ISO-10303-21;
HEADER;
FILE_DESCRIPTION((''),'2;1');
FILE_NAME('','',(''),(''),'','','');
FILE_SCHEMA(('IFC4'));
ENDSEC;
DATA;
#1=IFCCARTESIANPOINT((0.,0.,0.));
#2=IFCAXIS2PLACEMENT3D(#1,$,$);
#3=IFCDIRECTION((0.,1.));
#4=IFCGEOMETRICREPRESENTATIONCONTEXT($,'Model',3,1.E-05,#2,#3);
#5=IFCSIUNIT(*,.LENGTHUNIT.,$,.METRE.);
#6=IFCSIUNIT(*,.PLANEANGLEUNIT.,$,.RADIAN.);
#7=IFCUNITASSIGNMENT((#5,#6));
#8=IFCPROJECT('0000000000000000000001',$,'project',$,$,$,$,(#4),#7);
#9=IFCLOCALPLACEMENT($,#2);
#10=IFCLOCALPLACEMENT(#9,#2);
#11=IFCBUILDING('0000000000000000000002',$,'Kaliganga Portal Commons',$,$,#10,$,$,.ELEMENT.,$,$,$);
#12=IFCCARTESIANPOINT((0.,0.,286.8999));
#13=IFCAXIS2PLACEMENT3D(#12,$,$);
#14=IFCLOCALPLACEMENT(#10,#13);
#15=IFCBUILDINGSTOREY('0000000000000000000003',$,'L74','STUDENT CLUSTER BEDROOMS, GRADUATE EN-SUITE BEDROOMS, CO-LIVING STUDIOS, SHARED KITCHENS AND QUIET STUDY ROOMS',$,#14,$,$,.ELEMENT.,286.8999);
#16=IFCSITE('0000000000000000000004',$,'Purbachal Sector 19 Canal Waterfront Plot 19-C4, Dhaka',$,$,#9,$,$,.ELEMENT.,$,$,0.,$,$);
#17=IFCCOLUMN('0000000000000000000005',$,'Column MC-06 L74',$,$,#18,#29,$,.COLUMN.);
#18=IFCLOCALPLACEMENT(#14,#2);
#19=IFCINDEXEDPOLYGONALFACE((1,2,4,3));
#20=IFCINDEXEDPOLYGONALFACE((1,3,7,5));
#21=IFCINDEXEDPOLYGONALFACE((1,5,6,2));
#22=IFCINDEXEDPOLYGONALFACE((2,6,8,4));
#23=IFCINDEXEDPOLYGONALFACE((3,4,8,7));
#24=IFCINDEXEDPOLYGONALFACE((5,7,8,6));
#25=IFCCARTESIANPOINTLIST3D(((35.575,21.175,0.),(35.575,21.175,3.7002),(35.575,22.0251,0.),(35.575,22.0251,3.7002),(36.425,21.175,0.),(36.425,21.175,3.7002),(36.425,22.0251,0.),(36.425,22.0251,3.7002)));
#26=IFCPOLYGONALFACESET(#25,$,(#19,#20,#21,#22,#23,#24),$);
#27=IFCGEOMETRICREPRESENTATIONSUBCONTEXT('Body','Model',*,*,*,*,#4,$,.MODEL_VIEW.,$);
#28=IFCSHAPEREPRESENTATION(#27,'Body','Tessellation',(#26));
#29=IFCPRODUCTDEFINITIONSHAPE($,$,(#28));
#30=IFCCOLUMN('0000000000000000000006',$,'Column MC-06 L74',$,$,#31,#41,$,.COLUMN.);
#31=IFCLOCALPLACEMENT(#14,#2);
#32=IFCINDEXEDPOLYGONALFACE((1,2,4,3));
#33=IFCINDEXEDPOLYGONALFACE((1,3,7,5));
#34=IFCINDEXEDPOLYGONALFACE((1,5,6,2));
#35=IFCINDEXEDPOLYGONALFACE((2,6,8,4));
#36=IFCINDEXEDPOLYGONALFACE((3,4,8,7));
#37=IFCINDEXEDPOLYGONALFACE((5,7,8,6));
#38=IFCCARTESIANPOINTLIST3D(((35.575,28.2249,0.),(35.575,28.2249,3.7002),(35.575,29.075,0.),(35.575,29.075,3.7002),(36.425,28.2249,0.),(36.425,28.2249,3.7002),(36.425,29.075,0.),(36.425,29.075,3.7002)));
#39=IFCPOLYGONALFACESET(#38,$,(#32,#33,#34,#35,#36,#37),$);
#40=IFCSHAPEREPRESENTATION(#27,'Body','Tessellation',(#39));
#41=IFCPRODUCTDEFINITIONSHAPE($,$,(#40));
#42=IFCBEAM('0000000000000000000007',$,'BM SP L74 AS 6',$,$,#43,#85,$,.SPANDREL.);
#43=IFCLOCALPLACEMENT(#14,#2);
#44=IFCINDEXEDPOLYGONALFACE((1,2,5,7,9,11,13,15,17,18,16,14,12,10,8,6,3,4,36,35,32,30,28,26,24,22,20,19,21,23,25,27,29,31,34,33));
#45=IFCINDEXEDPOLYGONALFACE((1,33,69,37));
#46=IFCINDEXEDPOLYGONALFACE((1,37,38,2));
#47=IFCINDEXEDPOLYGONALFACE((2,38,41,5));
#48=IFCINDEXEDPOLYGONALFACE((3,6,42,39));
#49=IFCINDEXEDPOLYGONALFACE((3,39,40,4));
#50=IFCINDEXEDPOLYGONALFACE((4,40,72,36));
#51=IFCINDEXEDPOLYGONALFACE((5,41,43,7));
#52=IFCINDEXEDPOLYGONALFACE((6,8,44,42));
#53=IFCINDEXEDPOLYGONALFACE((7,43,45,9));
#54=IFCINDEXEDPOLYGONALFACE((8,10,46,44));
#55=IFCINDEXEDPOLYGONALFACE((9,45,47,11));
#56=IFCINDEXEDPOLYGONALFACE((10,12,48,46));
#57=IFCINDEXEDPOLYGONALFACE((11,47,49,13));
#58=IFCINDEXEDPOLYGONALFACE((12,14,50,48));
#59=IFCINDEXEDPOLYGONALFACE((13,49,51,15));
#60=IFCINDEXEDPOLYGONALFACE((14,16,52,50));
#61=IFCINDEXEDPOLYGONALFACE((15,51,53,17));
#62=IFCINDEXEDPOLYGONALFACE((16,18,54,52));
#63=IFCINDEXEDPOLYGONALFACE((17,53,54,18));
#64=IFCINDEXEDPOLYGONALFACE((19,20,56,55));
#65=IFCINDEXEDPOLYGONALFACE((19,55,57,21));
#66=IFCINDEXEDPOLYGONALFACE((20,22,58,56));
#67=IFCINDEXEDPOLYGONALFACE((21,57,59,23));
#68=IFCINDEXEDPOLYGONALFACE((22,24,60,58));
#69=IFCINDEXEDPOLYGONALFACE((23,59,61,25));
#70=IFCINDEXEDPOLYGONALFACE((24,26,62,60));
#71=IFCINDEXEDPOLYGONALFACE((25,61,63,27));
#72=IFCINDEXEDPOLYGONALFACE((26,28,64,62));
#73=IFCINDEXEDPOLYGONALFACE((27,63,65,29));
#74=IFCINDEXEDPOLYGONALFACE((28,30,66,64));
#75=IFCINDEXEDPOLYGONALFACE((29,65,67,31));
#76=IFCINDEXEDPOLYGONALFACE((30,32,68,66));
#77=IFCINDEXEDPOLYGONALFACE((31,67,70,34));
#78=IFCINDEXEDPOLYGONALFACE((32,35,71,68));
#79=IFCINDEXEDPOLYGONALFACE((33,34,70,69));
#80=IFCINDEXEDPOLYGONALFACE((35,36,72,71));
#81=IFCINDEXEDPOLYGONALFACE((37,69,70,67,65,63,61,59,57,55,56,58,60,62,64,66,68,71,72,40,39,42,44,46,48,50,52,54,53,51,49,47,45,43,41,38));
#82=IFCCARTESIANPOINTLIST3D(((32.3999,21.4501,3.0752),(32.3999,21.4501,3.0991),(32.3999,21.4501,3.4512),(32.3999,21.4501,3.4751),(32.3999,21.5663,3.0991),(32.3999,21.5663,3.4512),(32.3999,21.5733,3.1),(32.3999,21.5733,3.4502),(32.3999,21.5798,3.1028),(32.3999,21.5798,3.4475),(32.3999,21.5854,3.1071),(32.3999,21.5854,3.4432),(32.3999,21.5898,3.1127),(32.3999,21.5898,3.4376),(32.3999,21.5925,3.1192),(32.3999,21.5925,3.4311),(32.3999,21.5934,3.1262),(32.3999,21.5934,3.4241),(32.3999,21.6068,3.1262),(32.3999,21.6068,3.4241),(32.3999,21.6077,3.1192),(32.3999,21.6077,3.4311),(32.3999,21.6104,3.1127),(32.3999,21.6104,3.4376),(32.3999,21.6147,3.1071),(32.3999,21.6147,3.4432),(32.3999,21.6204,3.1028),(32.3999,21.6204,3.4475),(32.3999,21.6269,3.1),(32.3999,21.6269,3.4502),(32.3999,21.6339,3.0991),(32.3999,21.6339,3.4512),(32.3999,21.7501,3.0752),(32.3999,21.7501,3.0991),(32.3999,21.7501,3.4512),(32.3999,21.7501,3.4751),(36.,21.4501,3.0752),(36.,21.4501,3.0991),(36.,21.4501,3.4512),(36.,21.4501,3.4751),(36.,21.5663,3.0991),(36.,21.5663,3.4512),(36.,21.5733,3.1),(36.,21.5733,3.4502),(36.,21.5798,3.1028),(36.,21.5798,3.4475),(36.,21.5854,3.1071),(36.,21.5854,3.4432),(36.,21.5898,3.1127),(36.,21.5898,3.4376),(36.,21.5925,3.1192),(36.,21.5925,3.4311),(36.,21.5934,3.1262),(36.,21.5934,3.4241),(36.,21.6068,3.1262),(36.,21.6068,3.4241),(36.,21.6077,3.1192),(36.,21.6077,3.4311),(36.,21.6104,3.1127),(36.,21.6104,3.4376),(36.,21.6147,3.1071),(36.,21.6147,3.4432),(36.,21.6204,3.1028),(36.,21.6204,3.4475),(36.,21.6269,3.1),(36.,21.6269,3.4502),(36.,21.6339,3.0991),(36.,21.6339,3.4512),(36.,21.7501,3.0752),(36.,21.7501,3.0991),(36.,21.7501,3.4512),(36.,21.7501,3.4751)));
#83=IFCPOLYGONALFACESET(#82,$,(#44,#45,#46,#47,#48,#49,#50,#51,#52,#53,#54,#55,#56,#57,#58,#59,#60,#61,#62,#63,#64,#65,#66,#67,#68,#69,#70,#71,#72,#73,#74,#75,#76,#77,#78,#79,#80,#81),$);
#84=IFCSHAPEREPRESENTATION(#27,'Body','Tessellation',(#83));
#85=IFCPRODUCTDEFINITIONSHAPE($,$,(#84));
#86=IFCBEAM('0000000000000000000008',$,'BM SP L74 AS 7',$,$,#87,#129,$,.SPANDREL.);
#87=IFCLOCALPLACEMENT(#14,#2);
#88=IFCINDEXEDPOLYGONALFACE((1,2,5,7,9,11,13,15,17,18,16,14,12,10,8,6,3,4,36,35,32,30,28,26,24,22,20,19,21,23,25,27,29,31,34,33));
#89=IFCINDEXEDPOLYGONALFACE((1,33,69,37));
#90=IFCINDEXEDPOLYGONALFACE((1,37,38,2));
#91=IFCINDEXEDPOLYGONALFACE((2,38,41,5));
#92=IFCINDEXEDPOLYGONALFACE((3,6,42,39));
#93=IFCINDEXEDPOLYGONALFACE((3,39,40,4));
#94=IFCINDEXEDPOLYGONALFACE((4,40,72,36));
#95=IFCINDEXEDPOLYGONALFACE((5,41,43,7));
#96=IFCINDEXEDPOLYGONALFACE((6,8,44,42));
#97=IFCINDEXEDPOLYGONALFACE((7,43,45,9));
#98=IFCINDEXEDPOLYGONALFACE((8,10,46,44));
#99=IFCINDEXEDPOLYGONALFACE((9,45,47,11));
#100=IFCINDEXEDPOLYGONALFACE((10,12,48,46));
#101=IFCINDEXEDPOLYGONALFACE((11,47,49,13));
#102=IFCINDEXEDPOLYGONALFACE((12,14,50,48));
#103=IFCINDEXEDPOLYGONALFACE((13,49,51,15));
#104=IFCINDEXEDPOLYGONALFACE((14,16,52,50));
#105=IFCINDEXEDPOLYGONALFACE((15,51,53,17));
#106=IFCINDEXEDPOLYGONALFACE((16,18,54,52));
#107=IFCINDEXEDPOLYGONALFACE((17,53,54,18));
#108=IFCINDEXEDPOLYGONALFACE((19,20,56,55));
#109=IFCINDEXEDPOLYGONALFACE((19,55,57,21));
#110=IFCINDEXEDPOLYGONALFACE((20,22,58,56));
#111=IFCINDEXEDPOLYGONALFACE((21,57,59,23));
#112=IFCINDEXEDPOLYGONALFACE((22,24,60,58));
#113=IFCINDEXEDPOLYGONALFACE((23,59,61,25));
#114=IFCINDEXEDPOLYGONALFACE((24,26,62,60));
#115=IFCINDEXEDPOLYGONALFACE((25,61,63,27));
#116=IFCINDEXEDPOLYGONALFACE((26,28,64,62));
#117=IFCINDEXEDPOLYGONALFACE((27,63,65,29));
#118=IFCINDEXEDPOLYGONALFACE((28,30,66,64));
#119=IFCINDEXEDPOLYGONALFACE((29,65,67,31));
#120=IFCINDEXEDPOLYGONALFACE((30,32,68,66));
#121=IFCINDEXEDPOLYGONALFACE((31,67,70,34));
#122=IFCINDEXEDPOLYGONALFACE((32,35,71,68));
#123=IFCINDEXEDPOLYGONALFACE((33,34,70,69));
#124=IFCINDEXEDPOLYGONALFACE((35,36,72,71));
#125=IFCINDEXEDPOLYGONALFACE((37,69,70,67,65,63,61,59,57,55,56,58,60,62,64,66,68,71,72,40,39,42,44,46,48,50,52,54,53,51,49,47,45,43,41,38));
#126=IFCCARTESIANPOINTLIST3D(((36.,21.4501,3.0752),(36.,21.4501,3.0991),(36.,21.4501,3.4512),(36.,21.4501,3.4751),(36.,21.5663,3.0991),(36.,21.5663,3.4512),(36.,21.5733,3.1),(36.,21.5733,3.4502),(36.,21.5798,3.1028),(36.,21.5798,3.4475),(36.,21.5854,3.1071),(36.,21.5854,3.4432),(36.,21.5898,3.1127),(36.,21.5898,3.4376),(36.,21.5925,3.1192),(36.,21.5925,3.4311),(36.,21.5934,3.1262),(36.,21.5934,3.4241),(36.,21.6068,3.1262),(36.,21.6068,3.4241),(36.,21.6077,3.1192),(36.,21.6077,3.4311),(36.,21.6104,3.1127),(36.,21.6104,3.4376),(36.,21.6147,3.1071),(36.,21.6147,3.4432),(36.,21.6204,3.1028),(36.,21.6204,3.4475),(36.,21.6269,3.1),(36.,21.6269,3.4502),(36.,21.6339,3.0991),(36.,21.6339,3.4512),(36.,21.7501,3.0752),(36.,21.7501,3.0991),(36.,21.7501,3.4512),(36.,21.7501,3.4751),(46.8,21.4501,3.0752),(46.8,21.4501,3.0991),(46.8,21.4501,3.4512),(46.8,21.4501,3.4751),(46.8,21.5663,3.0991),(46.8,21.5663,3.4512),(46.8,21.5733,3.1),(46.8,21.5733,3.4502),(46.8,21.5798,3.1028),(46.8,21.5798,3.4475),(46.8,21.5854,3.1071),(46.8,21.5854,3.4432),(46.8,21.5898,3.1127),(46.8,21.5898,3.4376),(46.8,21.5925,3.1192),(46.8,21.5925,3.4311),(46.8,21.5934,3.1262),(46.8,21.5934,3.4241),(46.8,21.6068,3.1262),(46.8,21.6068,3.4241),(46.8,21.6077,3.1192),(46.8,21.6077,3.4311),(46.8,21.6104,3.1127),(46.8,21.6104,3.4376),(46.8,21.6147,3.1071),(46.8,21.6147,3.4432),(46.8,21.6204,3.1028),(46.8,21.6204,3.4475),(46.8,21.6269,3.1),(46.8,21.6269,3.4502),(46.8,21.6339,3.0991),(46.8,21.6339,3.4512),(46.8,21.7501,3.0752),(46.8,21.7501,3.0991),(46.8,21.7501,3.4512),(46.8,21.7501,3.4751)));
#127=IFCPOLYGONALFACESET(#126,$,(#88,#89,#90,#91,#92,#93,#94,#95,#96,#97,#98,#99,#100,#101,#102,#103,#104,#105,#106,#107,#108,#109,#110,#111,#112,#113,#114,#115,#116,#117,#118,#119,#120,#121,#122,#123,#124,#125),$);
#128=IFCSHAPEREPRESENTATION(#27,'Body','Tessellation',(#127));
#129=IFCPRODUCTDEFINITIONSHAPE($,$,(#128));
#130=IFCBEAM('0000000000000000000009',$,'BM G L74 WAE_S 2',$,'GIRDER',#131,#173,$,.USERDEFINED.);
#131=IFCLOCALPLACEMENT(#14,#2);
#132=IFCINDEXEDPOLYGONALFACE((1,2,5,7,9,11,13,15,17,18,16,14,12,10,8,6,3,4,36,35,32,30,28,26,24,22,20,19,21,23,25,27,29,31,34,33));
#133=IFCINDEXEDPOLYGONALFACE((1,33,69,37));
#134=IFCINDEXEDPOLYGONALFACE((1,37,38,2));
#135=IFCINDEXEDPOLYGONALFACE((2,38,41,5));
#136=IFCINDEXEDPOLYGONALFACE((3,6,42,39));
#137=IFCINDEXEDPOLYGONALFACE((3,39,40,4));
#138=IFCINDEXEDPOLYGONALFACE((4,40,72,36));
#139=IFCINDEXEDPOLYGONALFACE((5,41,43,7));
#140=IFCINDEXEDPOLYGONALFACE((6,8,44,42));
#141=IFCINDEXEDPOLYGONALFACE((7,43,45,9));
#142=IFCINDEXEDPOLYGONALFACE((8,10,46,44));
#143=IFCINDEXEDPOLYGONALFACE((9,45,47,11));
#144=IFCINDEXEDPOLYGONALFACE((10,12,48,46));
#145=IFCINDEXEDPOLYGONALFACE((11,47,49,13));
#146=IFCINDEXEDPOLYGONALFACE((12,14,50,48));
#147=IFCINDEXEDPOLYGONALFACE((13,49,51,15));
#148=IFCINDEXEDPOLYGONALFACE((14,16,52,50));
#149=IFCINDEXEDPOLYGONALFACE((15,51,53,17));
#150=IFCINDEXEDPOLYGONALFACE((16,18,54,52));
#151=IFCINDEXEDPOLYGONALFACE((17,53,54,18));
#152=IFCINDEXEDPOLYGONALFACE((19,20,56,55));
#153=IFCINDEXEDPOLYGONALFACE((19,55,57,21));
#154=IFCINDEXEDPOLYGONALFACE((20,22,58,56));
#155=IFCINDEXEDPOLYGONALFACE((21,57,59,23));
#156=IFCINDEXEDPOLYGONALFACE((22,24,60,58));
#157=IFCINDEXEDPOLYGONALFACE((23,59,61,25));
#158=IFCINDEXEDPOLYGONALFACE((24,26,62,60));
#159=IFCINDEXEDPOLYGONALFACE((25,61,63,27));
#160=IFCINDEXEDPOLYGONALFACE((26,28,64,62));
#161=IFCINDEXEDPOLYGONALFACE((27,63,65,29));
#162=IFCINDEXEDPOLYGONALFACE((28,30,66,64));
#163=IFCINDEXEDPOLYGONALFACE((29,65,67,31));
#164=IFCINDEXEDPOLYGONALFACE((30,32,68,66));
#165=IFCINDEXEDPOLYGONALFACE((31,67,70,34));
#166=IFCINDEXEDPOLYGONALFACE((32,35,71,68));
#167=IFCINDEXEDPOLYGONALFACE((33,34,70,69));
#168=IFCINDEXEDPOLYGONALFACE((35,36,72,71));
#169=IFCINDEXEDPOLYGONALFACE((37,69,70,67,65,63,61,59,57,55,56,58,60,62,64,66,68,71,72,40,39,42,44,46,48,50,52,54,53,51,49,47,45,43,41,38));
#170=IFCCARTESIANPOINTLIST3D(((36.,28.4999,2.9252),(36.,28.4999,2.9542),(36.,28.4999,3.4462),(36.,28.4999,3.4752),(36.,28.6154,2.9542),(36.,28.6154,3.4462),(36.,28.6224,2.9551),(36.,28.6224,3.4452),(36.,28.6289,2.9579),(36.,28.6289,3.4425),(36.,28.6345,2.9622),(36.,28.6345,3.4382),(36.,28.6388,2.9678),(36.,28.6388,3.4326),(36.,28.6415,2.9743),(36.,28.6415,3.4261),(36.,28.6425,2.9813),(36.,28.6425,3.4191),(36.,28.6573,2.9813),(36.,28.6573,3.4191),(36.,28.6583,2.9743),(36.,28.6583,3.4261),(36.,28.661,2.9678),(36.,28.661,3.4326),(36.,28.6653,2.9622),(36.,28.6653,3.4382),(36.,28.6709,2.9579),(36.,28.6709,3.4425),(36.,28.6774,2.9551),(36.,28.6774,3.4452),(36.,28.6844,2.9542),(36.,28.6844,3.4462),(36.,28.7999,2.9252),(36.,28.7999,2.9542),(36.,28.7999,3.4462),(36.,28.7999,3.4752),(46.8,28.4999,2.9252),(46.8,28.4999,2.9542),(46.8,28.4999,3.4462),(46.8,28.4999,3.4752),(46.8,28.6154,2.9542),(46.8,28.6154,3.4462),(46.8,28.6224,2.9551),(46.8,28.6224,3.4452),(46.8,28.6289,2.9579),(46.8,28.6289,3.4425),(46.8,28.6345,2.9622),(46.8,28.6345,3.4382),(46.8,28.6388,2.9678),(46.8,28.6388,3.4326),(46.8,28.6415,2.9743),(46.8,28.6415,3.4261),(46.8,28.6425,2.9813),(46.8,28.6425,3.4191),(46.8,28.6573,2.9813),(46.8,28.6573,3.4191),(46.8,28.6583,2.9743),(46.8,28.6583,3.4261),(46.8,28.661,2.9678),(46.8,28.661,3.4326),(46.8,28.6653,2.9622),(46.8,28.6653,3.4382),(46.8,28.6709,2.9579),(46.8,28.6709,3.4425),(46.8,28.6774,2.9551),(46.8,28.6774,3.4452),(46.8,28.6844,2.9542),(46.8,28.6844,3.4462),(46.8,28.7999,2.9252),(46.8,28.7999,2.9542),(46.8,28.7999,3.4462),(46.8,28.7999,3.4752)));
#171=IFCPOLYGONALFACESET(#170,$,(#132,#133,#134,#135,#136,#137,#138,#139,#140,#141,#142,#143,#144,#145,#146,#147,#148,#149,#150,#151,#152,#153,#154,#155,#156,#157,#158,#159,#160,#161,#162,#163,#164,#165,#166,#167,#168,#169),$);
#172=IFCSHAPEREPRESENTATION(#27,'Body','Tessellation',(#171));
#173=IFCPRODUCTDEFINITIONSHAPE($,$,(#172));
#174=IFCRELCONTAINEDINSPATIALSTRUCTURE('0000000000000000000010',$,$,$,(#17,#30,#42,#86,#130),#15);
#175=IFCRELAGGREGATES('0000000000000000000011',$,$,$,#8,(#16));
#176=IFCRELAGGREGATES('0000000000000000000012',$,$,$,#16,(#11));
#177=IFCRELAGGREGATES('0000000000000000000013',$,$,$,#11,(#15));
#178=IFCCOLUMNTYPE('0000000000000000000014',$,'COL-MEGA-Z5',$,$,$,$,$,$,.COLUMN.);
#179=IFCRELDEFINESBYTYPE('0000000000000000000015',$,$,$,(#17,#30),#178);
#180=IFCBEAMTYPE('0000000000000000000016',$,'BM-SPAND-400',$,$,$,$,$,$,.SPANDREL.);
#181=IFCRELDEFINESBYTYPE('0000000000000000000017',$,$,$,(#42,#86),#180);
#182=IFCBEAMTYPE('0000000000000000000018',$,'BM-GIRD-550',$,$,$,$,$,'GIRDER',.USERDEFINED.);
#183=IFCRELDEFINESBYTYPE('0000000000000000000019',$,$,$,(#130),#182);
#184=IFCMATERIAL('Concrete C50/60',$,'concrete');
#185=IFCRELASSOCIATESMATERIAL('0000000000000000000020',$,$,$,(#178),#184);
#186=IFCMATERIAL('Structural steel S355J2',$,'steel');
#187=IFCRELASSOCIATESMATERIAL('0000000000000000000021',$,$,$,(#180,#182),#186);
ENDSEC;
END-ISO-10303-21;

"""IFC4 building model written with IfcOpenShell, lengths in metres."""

from ifc_helpers import new_model, si_unit, direction, frame, origin, origin_2d, place, context, subcontext, project, spatial, rectangle, i_section, extrude, source, transform, mapped, material, material_profile, profile_set, type_object, element, save


model = new_model("IFC4")

# Units and contexts
model_context = context("Model", 3, precision=1e-05, world=origin(), true_north=direction((0.0, 1.0)))
body_context = subcontext(model_context, "Body", "Model", "MODEL_VIEW")
ifc_project = project(units=[si_unit("LENGTHUNIT", "METRE"), si_unit("PLANEANGLEUNIT", "RADIAN")], contexts=[model_context])

# Site, building, storey
site_placement = place(None, origin())
site = spatial("IfcSite", under=ifc_project, at=site_placement, Name="Purbachal Sector 19 Canal Waterfront Plot 19-C4, Dhaka", CompositionType="ELEMENT", RefElevation=0.0)
building_placement = place(site_placement, origin())
building = spatial("IfcBuilding", under=site, at=building_placement, Name="Kaliganga Portal Commons", CompositionType="ELEMENT")
storey_placement = place(building_placement, frame((0.0, 0.0, 286.8999)))
storey = spatial("IfcBuildingStorey", under=building, at=storey_placement, Name="L74", Description="STUDENT CLUSTER BEDROOMS, GRADUATE EN-SUITE BEDROOMS, CO-LIVING STUDIOS, SHARED KITCHENS AND QUIET STUDY ROOMS", CompositionType="ELEMENT", Elevation=286.8999)

# Columns
ifc_material_1 = material(Name="Concrete C50/60", Category="concrete")
ifc_material_profile_1 = material_profile(ifc_material_1, rectangle(XDim=0.8501, YDim=0.8501, at=origin_2d()), Name="RC 850x850")
ifc_profile_set_1 = profile_set([ifc_material_profile_1], Name="Concrete C50/60")
column_type = type_object("IfcColumnType", Name="COL-MEGA-Z5", PredefinedType="COLUMN", material=ifc_profile_set_1)
shared_shape_1 = source(origin(), body_context, "Body", "SweptSolid", [
    extrude(rectangle(XDim=0.8501, YDim=0.8501, at=origin_2d()), origin(), (0.0, 0.0, 1.0), 3.7002),
])
for number, where, z_axis, x_axis, name in (
    (1, (36.0, 21.6001, 0.0), (0.0, 0.0, 1.0), (1.0, 0.0, 0.0), "Column MC-06 L74"),
    (2, (36.0, 28.6499, 0.0), (0.0, 0.0, 1.0), (1.0, 0.0, 0.0), "Column MC-06 L74"),
):
    element("IfcColumn", number, at=place(storey_placement, frame(where, z_axis=z_axis, x_axis=x_axis)), inside=storey, type_object=column_type, Name=name, PredefinedType="COLUMN", context=body_context, shape_type="MappedRepresentation", body=[
        mapped(shared_shape_1, transform((0.0, 0.0, 0.0), x_axis=(1.0, 0.0, 0.0), y_axis=(0.0, 1.0, 0.0), z_axis=(0.0, 0.0, 1.0), scale=1.0)),
    ])

# Beams
ifc_material_2 = material(Name="Structural steel S355J2", Category="steel")
ifc_material_profile_2 = material_profile(ifc_material_2, i_section(OverallWidth=0.3, OverallDepth=0.3999, WebThickness=0.0134, FlangeThickness=0.0239, FilletRadius=0.0271, at=origin_2d()), Name="HE 400 B")
ifc_profile_set_2 = profile_set([ifc_material_profile_2], Name="Structural steel S355J2 wide-flange")
beam_type_1 = type_object("IfcBeamType", Name="BM-SPAND-400", PredefinedType="SPANDREL", material=ifc_profile_set_2)
shared_shape_2 = source(origin(), body_context, "Body", "SweptSolid", [
    extrude(i_section(OverallWidth=0.3, OverallDepth=0.3999, WebThickness=0.0134, FlangeThickness=0.0239, FilletRadius=0.0271, at=origin_2d()), origin(), (0.0, 0.0, 1.0), 3.6001),
])
beam_1_placement = place(storey_placement, frame((32.3999, 21.6001, 3.2751), z_axis=(1.0, 0.0, 0.0), x_axis=(0.0, 1.0, 0.0)))
element("IfcBeam", 3, at=beam_1_placement, inside=storey, type_object=beam_type_1, Name="BM SP L74 AS 6", PredefinedType="SPANDREL", context=body_context, shape_type="MappedRepresentation", body=[
    mapped(shared_shape_2, transform((0.0, 0.0, 0.0), x_axis=(1.0, 0.0, 0.0), y_axis=(0.0, 1.0, 0.0), z_axis=(0.0, 0.0, 1.0), scale=1.0)),
])
shared_shape_3 = source(origin(), body_context, "Body", "SweptSolid", [
    extrude(i_section(OverallWidth=0.3, OverallDepth=0.3999, WebThickness=0.0134, FlangeThickness=0.0239, FilletRadius=0.0271, at=origin_2d()), origin(), (0.0, 0.0, 1.0), 10.8),
])
beam_2_placement = place(storey_placement, frame((36.0, 21.6001, 3.2751), z_axis=(1.0, 0.0, 0.0), x_axis=(0.0, 1.0, 0.0)))
element("IfcBeam", 4, at=beam_2_placement, inside=storey, type_object=beam_type_1, Name="BM SP L74 AS 7", PredefinedType="SPANDREL", context=body_context, shape_type="MappedRepresentation", body=[
    mapped(shared_shape_3, transform((0.0, 0.0, 0.0), x_axis=(1.0, 0.0, 0.0), y_axis=(0.0, 1.0, 0.0), z_axis=(0.0, 0.0, 1.0), scale=1.0)),
])
ifc_material_profile_3 = material_profile(ifc_material_2, i_section(OverallWidth=0.3, OverallDepth=0.55, WebThickness=0.0149, FlangeThickness=0.0291, FilletRadius=0.0271, at=origin_2d()), Name="HE 550 B")
ifc_profile_set_3 = profile_set([ifc_material_profile_3], Name="Structural steel S355J2 wide-flange")
beam_type_2 = type_object("IfcBeamType", Name="BM-GIRD-550", ElementType="GIRDER", PredefinedType="USERDEFINED", material=ifc_profile_set_3)
shared_shape_4 = source(origin(), body_context, "Body", "SweptSolid", [
    extrude(i_section(OverallWidth=0.3, OverallDepth=0.55, WebThickness=0.0149, FlangeThickness=0.0291, FilletRadius=0.0271, at=origin_2d()), origin(), (0.0, 0.0, 1.0), 10.8),
])
beam_3_placement = place(storey_placement, frame((36.0, 28.6499, 3.2002), z_axis=(1.0, 0.0, 0.0), x_axis=(0.0, 1.0, 0.0)))
element("IfcBeam", 5, at=beam_3_placement, inside=storey, type_object=beam_type_2, Name="BM G L74 WAE_S 2", ObjectType="GIRDER", PredefinedType="USERDEFINED", context=body_context, shape_type="MappedRepresentation", body=[
    mapped(shared_shape_4, transform((0.0, 0.0, 0.0), x_axis=(1.0, 0.0, 0.0), y_axis=(0.0, 1.0, 0.0), z_axis=(0.0, 0.0, 1.0), scale=1.0)),
])

save(model, "model.ifc")
